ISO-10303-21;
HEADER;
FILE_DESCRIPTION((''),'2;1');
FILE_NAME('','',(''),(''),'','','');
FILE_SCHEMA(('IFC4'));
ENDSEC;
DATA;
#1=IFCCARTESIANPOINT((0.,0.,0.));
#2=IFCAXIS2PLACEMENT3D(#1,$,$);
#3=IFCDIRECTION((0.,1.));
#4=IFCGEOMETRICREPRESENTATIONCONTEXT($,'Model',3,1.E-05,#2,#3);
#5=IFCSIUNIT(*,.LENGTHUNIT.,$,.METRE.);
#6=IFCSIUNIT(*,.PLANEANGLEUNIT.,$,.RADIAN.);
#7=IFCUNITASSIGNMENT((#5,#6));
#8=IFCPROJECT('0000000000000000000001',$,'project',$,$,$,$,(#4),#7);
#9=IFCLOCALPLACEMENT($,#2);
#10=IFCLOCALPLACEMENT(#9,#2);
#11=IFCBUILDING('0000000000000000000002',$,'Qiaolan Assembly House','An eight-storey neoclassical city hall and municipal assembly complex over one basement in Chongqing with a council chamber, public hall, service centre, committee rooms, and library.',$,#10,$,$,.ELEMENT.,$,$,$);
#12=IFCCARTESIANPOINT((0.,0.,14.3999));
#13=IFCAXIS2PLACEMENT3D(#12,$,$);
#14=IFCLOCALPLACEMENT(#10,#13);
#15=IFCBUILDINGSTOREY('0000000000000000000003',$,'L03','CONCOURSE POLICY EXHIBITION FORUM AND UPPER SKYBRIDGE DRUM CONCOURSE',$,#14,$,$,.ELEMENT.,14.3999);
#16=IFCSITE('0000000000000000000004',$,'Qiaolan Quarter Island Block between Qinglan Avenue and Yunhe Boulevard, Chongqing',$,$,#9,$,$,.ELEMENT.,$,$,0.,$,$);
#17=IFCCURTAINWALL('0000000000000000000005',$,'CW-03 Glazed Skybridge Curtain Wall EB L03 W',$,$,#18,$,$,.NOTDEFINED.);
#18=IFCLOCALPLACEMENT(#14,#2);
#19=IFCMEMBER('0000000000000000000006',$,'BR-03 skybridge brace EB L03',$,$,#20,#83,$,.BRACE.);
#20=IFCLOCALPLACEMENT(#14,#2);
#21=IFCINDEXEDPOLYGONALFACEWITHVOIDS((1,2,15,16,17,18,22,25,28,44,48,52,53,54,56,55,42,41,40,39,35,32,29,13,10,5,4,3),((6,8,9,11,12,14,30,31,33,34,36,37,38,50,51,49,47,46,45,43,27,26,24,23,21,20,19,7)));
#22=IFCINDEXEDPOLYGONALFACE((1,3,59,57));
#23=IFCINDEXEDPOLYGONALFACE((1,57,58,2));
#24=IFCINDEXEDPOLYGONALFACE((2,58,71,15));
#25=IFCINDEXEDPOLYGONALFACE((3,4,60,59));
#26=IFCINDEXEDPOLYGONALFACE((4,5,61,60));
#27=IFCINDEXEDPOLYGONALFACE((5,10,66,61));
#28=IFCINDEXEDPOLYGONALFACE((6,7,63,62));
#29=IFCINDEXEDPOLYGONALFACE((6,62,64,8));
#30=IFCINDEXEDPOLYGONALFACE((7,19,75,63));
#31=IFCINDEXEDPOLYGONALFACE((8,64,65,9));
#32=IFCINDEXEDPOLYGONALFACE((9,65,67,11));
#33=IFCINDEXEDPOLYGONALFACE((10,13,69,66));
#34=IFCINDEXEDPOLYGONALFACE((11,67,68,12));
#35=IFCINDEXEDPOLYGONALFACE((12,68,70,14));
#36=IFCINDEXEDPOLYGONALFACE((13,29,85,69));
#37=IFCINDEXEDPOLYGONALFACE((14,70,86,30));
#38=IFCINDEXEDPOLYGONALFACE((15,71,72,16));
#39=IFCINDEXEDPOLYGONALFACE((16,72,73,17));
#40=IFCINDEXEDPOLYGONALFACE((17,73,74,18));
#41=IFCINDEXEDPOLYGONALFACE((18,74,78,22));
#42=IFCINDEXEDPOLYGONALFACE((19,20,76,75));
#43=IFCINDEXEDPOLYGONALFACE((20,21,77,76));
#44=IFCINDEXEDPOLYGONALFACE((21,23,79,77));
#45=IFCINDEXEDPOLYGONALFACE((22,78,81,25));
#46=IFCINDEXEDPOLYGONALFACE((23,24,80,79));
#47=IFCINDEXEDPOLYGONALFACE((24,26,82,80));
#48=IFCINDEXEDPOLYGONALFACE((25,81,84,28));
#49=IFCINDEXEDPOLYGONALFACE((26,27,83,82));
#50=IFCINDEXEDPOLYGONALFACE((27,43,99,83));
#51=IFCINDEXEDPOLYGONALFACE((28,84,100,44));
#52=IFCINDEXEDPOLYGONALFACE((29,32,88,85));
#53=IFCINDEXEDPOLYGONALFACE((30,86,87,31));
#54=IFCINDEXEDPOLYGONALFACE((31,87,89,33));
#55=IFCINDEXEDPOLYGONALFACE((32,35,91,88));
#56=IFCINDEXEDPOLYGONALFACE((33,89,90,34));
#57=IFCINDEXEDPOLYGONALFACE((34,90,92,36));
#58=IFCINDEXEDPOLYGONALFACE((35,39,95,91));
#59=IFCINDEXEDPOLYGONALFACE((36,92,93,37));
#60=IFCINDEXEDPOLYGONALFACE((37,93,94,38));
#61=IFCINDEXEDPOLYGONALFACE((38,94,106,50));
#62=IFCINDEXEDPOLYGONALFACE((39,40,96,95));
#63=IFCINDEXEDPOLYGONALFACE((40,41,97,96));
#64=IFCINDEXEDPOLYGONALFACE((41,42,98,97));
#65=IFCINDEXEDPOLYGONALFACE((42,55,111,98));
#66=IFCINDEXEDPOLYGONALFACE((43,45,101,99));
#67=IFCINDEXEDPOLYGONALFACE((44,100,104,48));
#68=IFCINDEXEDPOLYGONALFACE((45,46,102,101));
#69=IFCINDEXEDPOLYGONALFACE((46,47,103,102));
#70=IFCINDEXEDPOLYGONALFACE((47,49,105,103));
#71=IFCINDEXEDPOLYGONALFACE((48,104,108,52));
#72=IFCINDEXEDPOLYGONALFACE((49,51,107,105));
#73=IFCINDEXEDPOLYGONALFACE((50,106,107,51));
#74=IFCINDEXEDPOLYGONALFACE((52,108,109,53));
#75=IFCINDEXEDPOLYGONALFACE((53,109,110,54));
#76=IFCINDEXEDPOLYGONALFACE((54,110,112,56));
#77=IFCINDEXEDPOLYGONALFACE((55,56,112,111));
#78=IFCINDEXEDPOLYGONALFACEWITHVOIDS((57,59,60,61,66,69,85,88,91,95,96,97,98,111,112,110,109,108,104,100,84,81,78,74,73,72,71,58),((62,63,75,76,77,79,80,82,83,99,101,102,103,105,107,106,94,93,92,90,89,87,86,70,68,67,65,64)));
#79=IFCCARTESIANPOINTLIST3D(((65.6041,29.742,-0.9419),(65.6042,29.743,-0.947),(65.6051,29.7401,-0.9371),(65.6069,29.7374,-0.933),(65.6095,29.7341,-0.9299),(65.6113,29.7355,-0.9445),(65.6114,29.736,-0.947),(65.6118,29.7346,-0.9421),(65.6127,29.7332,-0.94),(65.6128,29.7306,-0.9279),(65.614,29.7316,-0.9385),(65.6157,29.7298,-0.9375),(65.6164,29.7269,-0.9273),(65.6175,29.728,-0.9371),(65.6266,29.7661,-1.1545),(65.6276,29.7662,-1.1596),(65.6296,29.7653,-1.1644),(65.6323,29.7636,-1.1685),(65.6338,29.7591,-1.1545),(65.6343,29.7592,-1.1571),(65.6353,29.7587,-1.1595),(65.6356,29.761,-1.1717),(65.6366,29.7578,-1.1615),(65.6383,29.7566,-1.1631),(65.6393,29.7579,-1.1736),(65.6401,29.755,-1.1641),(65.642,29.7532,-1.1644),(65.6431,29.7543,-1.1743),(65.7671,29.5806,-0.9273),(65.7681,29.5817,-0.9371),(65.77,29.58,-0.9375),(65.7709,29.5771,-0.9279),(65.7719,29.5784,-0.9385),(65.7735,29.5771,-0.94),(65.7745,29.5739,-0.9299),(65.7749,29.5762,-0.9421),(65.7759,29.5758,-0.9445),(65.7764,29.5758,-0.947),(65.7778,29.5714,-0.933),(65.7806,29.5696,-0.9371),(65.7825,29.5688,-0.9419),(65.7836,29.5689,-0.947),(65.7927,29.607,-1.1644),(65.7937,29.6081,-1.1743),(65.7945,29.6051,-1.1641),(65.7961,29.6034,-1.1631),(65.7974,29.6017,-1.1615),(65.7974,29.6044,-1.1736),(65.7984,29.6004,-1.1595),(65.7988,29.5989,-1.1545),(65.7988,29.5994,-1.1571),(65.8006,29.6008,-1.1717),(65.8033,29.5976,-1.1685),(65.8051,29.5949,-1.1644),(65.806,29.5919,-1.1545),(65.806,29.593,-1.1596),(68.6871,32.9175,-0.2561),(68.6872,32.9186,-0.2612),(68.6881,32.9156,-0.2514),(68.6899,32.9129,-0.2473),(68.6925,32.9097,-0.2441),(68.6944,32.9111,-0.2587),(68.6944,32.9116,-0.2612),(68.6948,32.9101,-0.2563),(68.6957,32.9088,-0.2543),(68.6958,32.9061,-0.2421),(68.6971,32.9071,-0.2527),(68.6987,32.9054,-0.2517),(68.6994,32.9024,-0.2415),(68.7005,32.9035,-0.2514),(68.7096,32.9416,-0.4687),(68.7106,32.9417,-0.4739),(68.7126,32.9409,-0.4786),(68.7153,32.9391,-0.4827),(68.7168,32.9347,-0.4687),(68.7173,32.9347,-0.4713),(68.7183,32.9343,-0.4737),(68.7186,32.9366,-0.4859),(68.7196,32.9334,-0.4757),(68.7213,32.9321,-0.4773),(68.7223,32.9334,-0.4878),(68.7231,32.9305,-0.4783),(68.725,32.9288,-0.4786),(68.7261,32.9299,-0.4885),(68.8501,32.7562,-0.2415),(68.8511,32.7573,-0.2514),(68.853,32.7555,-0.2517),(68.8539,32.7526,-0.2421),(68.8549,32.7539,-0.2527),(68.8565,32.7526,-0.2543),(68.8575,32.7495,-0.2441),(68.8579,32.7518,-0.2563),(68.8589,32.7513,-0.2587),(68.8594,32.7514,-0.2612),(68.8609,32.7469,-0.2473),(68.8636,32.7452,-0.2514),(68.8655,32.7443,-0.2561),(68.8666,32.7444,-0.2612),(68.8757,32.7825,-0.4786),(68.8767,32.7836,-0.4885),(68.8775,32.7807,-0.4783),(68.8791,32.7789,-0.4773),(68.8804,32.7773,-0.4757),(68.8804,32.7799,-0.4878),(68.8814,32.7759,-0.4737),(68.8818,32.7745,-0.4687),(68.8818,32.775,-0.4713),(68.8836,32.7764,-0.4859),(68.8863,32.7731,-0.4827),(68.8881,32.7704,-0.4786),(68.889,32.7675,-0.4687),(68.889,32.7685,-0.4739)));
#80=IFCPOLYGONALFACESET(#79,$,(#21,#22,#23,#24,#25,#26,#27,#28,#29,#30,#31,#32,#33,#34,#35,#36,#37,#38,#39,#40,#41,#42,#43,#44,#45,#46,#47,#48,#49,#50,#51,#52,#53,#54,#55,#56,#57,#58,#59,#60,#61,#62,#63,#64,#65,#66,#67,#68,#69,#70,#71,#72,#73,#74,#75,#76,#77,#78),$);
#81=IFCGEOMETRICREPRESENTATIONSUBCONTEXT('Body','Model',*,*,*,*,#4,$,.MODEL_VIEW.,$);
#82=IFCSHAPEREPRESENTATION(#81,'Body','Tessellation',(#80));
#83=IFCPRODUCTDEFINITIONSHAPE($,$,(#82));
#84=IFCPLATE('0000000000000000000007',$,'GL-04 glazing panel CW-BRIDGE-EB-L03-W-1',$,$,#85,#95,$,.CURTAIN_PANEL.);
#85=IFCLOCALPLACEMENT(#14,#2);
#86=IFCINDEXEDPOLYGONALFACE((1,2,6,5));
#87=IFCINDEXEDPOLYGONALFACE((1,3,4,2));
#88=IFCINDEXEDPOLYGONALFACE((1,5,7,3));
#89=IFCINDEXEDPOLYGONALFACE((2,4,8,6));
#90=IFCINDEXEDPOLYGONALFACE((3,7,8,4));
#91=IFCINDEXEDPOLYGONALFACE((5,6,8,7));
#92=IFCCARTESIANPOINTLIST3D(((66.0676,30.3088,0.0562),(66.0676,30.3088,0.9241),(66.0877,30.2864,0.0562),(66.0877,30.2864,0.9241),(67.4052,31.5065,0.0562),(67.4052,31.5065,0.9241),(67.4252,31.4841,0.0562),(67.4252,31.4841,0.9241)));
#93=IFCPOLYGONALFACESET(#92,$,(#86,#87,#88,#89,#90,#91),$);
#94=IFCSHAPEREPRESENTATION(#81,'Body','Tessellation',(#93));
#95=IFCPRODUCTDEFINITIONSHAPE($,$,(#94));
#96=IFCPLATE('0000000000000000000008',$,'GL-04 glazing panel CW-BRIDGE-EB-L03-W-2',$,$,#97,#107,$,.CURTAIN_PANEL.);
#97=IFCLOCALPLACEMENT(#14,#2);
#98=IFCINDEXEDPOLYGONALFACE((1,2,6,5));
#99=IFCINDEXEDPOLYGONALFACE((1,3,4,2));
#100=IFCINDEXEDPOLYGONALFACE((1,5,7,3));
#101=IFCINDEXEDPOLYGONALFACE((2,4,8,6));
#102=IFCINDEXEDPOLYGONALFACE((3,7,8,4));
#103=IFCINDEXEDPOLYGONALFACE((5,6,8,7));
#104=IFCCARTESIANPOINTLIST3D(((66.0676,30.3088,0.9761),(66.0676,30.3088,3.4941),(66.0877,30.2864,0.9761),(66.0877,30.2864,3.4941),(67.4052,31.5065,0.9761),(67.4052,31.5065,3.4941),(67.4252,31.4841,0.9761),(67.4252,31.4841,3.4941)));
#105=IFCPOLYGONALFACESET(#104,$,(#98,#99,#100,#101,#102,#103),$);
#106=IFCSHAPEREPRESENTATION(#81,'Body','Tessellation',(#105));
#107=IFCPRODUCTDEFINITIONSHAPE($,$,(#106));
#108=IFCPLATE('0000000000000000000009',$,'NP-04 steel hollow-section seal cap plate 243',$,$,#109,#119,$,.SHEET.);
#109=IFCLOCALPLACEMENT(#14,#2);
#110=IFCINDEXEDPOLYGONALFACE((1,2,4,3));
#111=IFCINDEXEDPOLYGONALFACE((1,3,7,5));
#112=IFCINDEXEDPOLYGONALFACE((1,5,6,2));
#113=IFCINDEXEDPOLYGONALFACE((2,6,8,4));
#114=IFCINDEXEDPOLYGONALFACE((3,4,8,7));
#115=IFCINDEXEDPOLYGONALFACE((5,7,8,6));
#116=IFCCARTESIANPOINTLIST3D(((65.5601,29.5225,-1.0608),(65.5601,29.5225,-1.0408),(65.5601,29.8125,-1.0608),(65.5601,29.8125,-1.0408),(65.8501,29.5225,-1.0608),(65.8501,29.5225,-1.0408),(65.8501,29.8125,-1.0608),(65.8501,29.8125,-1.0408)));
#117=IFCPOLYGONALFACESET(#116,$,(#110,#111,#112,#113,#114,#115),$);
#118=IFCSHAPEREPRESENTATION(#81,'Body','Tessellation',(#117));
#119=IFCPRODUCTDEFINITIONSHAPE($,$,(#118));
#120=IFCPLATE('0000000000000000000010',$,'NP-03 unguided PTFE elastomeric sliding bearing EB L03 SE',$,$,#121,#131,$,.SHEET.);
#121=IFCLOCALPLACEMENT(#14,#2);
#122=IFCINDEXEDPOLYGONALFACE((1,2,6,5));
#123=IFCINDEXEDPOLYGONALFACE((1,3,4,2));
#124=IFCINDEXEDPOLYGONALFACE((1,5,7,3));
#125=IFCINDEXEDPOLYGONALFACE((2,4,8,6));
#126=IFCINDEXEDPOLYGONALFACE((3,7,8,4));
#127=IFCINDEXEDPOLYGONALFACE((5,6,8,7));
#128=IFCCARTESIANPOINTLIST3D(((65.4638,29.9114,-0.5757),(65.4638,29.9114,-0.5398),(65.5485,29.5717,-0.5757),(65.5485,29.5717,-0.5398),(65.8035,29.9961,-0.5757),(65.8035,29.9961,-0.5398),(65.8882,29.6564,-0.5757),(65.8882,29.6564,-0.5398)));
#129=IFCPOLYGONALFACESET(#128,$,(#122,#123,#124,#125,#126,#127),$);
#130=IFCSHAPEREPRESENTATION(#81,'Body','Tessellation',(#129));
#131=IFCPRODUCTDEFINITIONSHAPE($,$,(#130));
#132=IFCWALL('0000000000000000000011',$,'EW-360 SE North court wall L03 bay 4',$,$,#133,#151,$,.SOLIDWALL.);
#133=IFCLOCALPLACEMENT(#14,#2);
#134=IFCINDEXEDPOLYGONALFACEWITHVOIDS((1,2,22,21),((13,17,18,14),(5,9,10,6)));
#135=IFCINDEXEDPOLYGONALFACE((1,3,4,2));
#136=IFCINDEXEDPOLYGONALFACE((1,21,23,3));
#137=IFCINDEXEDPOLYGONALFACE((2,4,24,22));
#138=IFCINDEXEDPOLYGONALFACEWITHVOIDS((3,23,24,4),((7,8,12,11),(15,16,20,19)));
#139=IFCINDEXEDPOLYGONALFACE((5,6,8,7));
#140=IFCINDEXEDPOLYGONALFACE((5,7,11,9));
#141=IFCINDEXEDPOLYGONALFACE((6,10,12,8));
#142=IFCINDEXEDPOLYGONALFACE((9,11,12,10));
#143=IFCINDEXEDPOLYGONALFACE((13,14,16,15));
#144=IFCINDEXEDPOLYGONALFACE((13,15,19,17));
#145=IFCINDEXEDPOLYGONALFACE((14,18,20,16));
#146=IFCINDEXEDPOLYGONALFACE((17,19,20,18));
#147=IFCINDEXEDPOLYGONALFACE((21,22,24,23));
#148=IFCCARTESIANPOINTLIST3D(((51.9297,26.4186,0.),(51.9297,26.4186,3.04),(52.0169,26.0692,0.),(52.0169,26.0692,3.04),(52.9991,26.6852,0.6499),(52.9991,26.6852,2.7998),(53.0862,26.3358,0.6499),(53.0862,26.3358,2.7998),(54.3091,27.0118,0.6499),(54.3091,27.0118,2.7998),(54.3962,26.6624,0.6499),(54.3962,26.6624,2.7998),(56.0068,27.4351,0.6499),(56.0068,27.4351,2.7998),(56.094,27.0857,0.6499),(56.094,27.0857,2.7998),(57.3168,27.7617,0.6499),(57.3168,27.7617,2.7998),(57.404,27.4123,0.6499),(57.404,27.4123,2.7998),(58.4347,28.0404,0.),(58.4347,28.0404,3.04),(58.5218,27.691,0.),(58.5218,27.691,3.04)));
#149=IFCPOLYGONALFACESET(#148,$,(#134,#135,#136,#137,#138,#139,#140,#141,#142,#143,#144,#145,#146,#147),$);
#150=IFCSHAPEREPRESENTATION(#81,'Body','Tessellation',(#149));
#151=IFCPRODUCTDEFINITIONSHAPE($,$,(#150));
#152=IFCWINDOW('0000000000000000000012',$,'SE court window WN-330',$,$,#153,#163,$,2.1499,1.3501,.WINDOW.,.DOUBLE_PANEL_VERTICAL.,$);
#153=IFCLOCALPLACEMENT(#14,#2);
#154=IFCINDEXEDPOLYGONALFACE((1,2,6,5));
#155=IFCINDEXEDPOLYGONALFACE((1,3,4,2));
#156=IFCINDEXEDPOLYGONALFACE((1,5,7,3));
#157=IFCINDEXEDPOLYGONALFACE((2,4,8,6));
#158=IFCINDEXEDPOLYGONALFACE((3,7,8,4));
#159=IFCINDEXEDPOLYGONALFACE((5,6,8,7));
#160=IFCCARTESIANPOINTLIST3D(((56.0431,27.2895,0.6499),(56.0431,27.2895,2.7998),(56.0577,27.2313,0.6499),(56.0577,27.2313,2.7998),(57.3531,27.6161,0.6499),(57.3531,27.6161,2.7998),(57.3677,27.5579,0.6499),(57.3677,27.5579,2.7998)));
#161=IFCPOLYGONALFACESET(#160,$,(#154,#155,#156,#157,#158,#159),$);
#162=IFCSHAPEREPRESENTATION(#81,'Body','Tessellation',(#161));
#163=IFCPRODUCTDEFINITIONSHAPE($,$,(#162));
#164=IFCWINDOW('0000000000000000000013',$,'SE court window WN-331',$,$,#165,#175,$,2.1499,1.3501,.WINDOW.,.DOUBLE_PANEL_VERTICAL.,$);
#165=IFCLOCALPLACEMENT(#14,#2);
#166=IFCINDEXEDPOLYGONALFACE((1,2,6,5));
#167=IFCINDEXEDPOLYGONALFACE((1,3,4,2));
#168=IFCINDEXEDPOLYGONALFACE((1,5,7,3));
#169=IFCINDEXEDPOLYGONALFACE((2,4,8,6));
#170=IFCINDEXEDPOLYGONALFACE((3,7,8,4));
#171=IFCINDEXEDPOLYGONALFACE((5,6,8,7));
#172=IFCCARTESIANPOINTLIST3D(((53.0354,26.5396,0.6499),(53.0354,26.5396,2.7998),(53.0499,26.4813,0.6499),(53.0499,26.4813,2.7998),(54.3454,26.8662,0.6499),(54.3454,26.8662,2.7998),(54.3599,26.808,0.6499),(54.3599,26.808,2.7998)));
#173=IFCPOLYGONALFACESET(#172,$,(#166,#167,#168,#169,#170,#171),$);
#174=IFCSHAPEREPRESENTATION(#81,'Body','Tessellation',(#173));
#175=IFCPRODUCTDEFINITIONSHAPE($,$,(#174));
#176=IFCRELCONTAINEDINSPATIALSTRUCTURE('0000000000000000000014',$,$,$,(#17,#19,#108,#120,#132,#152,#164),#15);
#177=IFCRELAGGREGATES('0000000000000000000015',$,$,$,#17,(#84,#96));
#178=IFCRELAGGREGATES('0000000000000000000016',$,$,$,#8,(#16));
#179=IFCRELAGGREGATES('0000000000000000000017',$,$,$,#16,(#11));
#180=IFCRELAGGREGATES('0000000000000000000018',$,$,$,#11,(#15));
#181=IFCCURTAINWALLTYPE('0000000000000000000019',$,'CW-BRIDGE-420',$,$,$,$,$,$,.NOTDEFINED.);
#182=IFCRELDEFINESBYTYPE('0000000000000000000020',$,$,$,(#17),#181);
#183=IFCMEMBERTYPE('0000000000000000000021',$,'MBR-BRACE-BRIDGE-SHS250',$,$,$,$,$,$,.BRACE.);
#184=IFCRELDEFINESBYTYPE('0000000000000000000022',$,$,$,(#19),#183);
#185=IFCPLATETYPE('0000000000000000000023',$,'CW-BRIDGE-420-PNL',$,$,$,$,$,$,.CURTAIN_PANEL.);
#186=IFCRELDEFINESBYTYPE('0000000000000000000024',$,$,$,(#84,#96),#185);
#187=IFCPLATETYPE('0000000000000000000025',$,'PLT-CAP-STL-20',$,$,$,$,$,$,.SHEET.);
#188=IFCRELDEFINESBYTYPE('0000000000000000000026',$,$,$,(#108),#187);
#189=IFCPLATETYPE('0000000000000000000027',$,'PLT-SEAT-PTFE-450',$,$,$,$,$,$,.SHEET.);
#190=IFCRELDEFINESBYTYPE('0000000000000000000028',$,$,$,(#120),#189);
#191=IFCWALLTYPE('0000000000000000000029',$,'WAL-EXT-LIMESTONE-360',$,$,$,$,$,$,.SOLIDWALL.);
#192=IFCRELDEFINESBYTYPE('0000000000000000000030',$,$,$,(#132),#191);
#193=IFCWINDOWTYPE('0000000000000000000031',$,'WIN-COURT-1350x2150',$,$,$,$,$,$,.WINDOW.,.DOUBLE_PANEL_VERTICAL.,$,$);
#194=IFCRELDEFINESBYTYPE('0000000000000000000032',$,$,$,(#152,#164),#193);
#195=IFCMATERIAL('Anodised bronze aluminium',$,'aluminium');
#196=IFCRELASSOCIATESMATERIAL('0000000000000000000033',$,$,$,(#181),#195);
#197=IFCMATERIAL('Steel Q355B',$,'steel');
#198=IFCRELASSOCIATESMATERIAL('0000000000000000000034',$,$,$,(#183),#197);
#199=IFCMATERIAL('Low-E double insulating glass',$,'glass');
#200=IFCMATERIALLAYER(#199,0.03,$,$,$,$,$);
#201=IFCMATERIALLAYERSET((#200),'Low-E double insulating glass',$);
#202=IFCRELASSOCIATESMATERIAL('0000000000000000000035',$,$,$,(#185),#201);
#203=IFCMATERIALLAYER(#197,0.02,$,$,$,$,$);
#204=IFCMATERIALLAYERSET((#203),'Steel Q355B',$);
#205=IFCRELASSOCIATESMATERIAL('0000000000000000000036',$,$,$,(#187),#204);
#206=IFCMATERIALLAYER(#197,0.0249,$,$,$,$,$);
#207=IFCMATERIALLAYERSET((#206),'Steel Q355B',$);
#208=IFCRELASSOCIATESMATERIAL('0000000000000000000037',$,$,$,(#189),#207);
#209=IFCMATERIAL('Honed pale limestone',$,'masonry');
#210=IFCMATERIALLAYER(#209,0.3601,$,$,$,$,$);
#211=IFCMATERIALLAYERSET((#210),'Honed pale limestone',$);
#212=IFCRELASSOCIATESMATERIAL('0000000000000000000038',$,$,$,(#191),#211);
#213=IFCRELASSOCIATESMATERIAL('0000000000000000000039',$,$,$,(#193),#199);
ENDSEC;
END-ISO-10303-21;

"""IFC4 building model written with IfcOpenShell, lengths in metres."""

from ifc_helpers import new_model, si_unit, direction, frame, frame_2d, origin, origin_2d, place, context, subcontext, project, spatial, rectangle, hollow_rectangle, extrude, material, layer, layer_set, material_profile, profile_set, type_object, element, fill, aggregate, save


model = new_model("IFC4")

# Units and contexts
model_context = context("Model", 3, precision=1e-05, world=origin(), true_north=direction((0.0, 1.0)))
body_context = subcontext(model_context, "Body", "Model", "MODEL_VIEW")
ifc_project = project(units=[si_unit("LENGTHUNIT", "METRE"), si_unit("PLANEANGLEUNIT", "RADIAN")], contexts=[model_context])

# Site, building, storey
site_placement = place(None, origin())
site = spatial("IfcSite", under=ifc_project, at=site_placement, Name="Qiaolan Quarter Island Block between Qinglan Avenue and Yunhe Boulevard, Chongqing", CompositionType="ELEMENT", RefElevation=0.0)
building_placement = place(site_placement, origin())
building = spatial("IfcBuilding", under=site, at=building_placement, Name="Qiaolan Assembly House", Description="An eight-storey neoclassical city hall and municipal assembly complex over one basement in Chongqing with a council chamber, public hall, service centre, committee rooms, and library.", CompositionType="ELEMENT")
storey_placement = place(building_placement, frame((0.0, 0.0, 14.3999)))
storey = spatial("IfcBuildingStorey", under=building, at=storey_placement, Name="L03", Description="CONCOURSE POLICY EXHIBITION FORUM AND UPPER SKYBRIDGE DRUM CONCOURSE", CompositionType="ELEMENT", Elevation=14.3999)

# Shared definitions
ifc_material_1 = material(Name="Steel Q355B", Category="steel")

# Curtain wall
ifc_material_2 = material(Name="Anodised bronze aluminium", Category="aluminium")
curtain_wall_type = type_object("IfcCurtainWallType", Name="CW-BRIDGE-420", PredefinedType="NOTDEFINED", material=ifc_material_2)
curtain_wall_placement = place(storey_placement, origin())
curtain_wall = element("IfcCurtainWall", 1, at=curtain_wall_placement, inside=storey, type_object=curtain_wall_type, Name="CW-03 Glazed Skybridge Curtain Wall EB L03 W", PredefinedType="NOTDEFINED")

# Member
ifc_material_profile_1 = material_profile(ifc_material_1, hollow_rectangle(XDim=0.25, YDim=0.25, WallThickness=0.01, InnerFilletRadius=0.01, OuterFilletRadius=0.02, at=origin_2d()), Name="SHS 250x250x10")
ifc_profile_set_1 = profile_set([ifc_material_profile_1], Name="Steel Q355B")
member_type_1 = type_object("IfcMemberType", Name="MBR-BRACE-BRIDGE-SHS250", PredefinedType="BRACE", material=ifc_profile_set_1)
member_1_placement = place(storey_placement, frame((65.7051, 29.6675, -1.0508), z_axis=(0.688362, 0.709022, 0.153121), x_axis=(-0.717483, 0.696576, 0.0)))
element("IfcMember", 2, at=member_1_placement, inside=storey, type_object=member_type_1, Name="BR-03 skybridge brace EB L03", PredefinedType="BRACE", context=body_context, shape_type="SweptSolid", body=[
    extrude(hollow_rectangle(XDim=0.25, YDim=0.25, WallThickness=0.01, InnerFilletRadius=0.01, OuterFilletRadius=0.02, at=origin_2d()), origin(), (0.0, 0.0, 1.0), 4.4788),
])

# Plates
ifc_material_3 = material(Name="Low-E double insulating glass", Category="glass")
ifc_layer_1 = layer(ifc_material_3, 0.03)
ifc_layer_set_1 = layer_set([ifc_layer_1], Name="Low-E double insulating glass")
plate_type_1 = type_object("IfcPlateType", Name="CW-BRIDGE-420-PNL", PredefinedType="CURTAIN_PANEL", material=ifc_layer_set_1)
plate_1_placement = place(storey_placement, frame((66.0776, 30.2976, 0.0562), z_axis=(0.0, 0.0, 1.0), x_axis=(0.744989, 0.667077, 0.0)))
plate_1 = element("IfcPlate", 3, at=plate_1_placement, type_object=plate_type_1, Name="GL-04 glazing panel CW-BRIDGE-EB-L03-W-1", PredefinedType="CURTAIN_PANEL", context=body_context, shape_type="SweptSolid", body=[
    extrude(rectangle(XDim=1.7954, YDim=0.03, at=frame_2d((0.8977, 0.0))), origin(), (0.0, 0.0, 1.0), 0.8679),
])
plate_2_placement = place(storey_placement, frame((66.0776, 30.2976, 0.9761), z_axis=(0.0, 0.0, 1.0), x_axis=(0.744989, 0.667077, 0.0)))
plate_2 = element("IfcPlate", 4, at=plate_2_placement, type_object=plate_type_1, Name="GL-04 glazing panel CW-BRIDGE-EB-L03-W-2", PredefinedType="CURTAIN_PANEL", context=body_context, shape_type="SweptSolid", body=[
    extrude(rectangle(XDim=1.7954, YDim=0.03, at=frame_2d((0.8977, 0.0))), origin(), (0.0, 0.0, 1.0), 2.5181),
])
aggregate(curtain_wall, [plate_1, plate_2])

# Plates
ifc_layer_2 = layer(ifc_material_1, 0.02)
ifc_layer_set_2 = layer_set([ifc_layer_2], Name="Steel Q355B")
plate_type_2 = type_object("IfcPlateType", Name="PLT-CAP-STL-20", PredefinedType="SHEET", material=ifc_layer_set_2)
plate_3_placement = place(storey_placement, frame((65.7051, 29.6675, -1.0608), z_axis=(0.0, 0.0, 1.0), x_axis=(1.0, 0.0, 0.0)))
element("IfcPlate", 5, at=plate_3_placement, inside=storey, type_object=plate_type_2, Name="NP-04 steel hollow-section seal cap plate 243", PredefinedType="SHEET", context=body_context, shape_type="SweptSolid", body=[
    extrude(rectangle(XDim=0.29, YDim=0.29, at=origin_2d()), origin(), (0.0, 0.0, 1.0), 0.02),
])
ifc_layer_3 = layer(ifc_material_1, 0.0249)
ifc_layer_set_3 = layer_set([ifc_layer_3], Name="Steel Q355B")
plate_type_3 = type_object("IfcPlateType", Name="PLT-SEAT-PTFE-450", PredefinedType="SHEET", material=ifc_layer_set_3)
plate_4_placement = place(storey_placement, frame((65.676, 29.7839, -0.5757), z_axis=(0.0, 0.0, 1.0), x_axis=(0.970296, 0.241922, 0.0)))
element("IfcPlate", 6, at=plate_4_placement, inside=storey, type_object=plate_type_3, Name="NP-03 unguided PTFE elastomeric sliding bearing EB L03 SE", PredefinedType="SHEET", context=body_context, shape_type="SweptSolid", body=[
    extrude(rectangle(XDim=0.3501, YDim=0.3501, at=origin_2d()), origin(), (0.0, 0.0, 1.0), 0.0359),
])

# Wall, openings, windows
ifc_material_4 = material(Name="Honed pale limestone", Category="masonry")
ifc_layer_4 = layer(ifc_material_4, 0.3601)
ifc_layer_set_4 = layer_set([ifc_layer_4], Name="Honed pale limestone")
wall_type_1 = type_object("IfcWallType", Name="WAL-EXT-LIMESTONE-360", PredefinedType="SOLIDWALL", material=ifc_layer_set_4)
wall_1_placement = place(storey_placement, frame((58.4783, 27.8657, 0.0), z_axis=(0.0, 0.0, 1.0), x_axis=(-0.970297, -0.241919, 0.0)))
wall_1 = element("IfcWall", 7, at=wall_1_placement, inside=storey, type_object=wall_type_1, Name="EW-360 SE North court wall L03 bay 4", PredefinedType="SOLIDWALL", context=body_context, shape_type="SweptSolid", body=[
    extrude(rectangle(XDim=6.7041, YDim=0.3601, at=frame_2d((3.3521, 0.0))), origin(), (0.0, 0.0, 1.0), 3.04),
])
opening_1_placement = place(wall_1_placement, frame((1.1521, 0.0, 0.6499)))
opening_1 = element("IfcOpeningElement", 8, at=opening_1_placement, cuts=wall_1, PredefinedType="OPENING", context=body_context, shape_type="SweptSolid", body=[
    extrude(rectangle(XDim=1.3501, YDim=2.1499, at=frame_2d((0.675, 1.075))), frame((0.0, 0.1899, 0.0), z_axis=(0.0, -1.0, 0.0), x_axis=(1.0, 0.0, 0.0)), (0.0, 0.0, 1.0), 0.3801),
])
opening_2_placement = place(wall_1_placement, frame((4.252, 0.0, 0.6499)))
opening_2 = element("IfcOpeningElement", 9, at=opening_2_placement, cuts=wall_1, PredefinedType="OPENING", context=body_context, shape_type="SweptSolid", body=[
    extrude(rectangle(XDim=1.3501, YDim=2.1499, at=frame_2d((0.675, 1.075))), frame((0.0, 0.1899, 0.0), z_axis=(0.0, -1.0, 0.0), x_axis=(1.0, 0.0, 0.0)), (0.0, 0.0, 1.0), 0.3801),
])
window_type = type_object("IfcWindowType", Name="WIN-COURT-1350x2150", PartitioningType="DOUBLE_PANEL_VERTICAL", PredefinedType="WINDOW", material=ifc_material_3)
window_1_placement = place(opening_1_placement, origin())
window_1 = element("IfcWindow", 10, at=window_1_placement, inside=storey, type_object=window_type, Name="SE court window WN-330", OverallHeight=2.1499, OverallWidth=1.3501, PartitioningType="DOUBLE_PANEL_VERTICAL", PredefinedType="WINDOW", context=body_context, shape_type="SweptSolid", body=[
    extrude(rectangle(XDim=1.3501, YDim=2.1499, at=frame_2d((0.675, 1.075))), frame((0.0, 0.03, 0.0), z_axis=(0.0, -1.0, 0.0), x_axis=(1.0, 0.0, 0.0)), (0.0, 0.0, 1.0), 0.0601),
])
fill(opening_1, window_1)
window_2_placement = place(opening_2_placement, origin())
window_2 = element("IfcWindow", 11, at=window_2_placement, inside=storey, type_object=window_type, Name="SE court window WN-331", OverallHeight=2.1499, OverallWidth=1.3501, PartitioningType="DOUBLE_PANEL_VERTICAL", PredefinedType="WINDOW", context=body_context, shape_type="SweptSolid", body=[
    extrude(rectangle(XDim=1.3501, YDim=2.1499, at=frame_2d((0.675, 1.075))), frame((0.0, 0.03, 0.0), z_axis=(0.0, -1.0, 0.0), x_axis=(1.0, 0.0, 0.0)), (0.0, 0.0, 1.0), 0.0601),
])
fill(opening_2, window_2)

save(model, "model.ifc")
